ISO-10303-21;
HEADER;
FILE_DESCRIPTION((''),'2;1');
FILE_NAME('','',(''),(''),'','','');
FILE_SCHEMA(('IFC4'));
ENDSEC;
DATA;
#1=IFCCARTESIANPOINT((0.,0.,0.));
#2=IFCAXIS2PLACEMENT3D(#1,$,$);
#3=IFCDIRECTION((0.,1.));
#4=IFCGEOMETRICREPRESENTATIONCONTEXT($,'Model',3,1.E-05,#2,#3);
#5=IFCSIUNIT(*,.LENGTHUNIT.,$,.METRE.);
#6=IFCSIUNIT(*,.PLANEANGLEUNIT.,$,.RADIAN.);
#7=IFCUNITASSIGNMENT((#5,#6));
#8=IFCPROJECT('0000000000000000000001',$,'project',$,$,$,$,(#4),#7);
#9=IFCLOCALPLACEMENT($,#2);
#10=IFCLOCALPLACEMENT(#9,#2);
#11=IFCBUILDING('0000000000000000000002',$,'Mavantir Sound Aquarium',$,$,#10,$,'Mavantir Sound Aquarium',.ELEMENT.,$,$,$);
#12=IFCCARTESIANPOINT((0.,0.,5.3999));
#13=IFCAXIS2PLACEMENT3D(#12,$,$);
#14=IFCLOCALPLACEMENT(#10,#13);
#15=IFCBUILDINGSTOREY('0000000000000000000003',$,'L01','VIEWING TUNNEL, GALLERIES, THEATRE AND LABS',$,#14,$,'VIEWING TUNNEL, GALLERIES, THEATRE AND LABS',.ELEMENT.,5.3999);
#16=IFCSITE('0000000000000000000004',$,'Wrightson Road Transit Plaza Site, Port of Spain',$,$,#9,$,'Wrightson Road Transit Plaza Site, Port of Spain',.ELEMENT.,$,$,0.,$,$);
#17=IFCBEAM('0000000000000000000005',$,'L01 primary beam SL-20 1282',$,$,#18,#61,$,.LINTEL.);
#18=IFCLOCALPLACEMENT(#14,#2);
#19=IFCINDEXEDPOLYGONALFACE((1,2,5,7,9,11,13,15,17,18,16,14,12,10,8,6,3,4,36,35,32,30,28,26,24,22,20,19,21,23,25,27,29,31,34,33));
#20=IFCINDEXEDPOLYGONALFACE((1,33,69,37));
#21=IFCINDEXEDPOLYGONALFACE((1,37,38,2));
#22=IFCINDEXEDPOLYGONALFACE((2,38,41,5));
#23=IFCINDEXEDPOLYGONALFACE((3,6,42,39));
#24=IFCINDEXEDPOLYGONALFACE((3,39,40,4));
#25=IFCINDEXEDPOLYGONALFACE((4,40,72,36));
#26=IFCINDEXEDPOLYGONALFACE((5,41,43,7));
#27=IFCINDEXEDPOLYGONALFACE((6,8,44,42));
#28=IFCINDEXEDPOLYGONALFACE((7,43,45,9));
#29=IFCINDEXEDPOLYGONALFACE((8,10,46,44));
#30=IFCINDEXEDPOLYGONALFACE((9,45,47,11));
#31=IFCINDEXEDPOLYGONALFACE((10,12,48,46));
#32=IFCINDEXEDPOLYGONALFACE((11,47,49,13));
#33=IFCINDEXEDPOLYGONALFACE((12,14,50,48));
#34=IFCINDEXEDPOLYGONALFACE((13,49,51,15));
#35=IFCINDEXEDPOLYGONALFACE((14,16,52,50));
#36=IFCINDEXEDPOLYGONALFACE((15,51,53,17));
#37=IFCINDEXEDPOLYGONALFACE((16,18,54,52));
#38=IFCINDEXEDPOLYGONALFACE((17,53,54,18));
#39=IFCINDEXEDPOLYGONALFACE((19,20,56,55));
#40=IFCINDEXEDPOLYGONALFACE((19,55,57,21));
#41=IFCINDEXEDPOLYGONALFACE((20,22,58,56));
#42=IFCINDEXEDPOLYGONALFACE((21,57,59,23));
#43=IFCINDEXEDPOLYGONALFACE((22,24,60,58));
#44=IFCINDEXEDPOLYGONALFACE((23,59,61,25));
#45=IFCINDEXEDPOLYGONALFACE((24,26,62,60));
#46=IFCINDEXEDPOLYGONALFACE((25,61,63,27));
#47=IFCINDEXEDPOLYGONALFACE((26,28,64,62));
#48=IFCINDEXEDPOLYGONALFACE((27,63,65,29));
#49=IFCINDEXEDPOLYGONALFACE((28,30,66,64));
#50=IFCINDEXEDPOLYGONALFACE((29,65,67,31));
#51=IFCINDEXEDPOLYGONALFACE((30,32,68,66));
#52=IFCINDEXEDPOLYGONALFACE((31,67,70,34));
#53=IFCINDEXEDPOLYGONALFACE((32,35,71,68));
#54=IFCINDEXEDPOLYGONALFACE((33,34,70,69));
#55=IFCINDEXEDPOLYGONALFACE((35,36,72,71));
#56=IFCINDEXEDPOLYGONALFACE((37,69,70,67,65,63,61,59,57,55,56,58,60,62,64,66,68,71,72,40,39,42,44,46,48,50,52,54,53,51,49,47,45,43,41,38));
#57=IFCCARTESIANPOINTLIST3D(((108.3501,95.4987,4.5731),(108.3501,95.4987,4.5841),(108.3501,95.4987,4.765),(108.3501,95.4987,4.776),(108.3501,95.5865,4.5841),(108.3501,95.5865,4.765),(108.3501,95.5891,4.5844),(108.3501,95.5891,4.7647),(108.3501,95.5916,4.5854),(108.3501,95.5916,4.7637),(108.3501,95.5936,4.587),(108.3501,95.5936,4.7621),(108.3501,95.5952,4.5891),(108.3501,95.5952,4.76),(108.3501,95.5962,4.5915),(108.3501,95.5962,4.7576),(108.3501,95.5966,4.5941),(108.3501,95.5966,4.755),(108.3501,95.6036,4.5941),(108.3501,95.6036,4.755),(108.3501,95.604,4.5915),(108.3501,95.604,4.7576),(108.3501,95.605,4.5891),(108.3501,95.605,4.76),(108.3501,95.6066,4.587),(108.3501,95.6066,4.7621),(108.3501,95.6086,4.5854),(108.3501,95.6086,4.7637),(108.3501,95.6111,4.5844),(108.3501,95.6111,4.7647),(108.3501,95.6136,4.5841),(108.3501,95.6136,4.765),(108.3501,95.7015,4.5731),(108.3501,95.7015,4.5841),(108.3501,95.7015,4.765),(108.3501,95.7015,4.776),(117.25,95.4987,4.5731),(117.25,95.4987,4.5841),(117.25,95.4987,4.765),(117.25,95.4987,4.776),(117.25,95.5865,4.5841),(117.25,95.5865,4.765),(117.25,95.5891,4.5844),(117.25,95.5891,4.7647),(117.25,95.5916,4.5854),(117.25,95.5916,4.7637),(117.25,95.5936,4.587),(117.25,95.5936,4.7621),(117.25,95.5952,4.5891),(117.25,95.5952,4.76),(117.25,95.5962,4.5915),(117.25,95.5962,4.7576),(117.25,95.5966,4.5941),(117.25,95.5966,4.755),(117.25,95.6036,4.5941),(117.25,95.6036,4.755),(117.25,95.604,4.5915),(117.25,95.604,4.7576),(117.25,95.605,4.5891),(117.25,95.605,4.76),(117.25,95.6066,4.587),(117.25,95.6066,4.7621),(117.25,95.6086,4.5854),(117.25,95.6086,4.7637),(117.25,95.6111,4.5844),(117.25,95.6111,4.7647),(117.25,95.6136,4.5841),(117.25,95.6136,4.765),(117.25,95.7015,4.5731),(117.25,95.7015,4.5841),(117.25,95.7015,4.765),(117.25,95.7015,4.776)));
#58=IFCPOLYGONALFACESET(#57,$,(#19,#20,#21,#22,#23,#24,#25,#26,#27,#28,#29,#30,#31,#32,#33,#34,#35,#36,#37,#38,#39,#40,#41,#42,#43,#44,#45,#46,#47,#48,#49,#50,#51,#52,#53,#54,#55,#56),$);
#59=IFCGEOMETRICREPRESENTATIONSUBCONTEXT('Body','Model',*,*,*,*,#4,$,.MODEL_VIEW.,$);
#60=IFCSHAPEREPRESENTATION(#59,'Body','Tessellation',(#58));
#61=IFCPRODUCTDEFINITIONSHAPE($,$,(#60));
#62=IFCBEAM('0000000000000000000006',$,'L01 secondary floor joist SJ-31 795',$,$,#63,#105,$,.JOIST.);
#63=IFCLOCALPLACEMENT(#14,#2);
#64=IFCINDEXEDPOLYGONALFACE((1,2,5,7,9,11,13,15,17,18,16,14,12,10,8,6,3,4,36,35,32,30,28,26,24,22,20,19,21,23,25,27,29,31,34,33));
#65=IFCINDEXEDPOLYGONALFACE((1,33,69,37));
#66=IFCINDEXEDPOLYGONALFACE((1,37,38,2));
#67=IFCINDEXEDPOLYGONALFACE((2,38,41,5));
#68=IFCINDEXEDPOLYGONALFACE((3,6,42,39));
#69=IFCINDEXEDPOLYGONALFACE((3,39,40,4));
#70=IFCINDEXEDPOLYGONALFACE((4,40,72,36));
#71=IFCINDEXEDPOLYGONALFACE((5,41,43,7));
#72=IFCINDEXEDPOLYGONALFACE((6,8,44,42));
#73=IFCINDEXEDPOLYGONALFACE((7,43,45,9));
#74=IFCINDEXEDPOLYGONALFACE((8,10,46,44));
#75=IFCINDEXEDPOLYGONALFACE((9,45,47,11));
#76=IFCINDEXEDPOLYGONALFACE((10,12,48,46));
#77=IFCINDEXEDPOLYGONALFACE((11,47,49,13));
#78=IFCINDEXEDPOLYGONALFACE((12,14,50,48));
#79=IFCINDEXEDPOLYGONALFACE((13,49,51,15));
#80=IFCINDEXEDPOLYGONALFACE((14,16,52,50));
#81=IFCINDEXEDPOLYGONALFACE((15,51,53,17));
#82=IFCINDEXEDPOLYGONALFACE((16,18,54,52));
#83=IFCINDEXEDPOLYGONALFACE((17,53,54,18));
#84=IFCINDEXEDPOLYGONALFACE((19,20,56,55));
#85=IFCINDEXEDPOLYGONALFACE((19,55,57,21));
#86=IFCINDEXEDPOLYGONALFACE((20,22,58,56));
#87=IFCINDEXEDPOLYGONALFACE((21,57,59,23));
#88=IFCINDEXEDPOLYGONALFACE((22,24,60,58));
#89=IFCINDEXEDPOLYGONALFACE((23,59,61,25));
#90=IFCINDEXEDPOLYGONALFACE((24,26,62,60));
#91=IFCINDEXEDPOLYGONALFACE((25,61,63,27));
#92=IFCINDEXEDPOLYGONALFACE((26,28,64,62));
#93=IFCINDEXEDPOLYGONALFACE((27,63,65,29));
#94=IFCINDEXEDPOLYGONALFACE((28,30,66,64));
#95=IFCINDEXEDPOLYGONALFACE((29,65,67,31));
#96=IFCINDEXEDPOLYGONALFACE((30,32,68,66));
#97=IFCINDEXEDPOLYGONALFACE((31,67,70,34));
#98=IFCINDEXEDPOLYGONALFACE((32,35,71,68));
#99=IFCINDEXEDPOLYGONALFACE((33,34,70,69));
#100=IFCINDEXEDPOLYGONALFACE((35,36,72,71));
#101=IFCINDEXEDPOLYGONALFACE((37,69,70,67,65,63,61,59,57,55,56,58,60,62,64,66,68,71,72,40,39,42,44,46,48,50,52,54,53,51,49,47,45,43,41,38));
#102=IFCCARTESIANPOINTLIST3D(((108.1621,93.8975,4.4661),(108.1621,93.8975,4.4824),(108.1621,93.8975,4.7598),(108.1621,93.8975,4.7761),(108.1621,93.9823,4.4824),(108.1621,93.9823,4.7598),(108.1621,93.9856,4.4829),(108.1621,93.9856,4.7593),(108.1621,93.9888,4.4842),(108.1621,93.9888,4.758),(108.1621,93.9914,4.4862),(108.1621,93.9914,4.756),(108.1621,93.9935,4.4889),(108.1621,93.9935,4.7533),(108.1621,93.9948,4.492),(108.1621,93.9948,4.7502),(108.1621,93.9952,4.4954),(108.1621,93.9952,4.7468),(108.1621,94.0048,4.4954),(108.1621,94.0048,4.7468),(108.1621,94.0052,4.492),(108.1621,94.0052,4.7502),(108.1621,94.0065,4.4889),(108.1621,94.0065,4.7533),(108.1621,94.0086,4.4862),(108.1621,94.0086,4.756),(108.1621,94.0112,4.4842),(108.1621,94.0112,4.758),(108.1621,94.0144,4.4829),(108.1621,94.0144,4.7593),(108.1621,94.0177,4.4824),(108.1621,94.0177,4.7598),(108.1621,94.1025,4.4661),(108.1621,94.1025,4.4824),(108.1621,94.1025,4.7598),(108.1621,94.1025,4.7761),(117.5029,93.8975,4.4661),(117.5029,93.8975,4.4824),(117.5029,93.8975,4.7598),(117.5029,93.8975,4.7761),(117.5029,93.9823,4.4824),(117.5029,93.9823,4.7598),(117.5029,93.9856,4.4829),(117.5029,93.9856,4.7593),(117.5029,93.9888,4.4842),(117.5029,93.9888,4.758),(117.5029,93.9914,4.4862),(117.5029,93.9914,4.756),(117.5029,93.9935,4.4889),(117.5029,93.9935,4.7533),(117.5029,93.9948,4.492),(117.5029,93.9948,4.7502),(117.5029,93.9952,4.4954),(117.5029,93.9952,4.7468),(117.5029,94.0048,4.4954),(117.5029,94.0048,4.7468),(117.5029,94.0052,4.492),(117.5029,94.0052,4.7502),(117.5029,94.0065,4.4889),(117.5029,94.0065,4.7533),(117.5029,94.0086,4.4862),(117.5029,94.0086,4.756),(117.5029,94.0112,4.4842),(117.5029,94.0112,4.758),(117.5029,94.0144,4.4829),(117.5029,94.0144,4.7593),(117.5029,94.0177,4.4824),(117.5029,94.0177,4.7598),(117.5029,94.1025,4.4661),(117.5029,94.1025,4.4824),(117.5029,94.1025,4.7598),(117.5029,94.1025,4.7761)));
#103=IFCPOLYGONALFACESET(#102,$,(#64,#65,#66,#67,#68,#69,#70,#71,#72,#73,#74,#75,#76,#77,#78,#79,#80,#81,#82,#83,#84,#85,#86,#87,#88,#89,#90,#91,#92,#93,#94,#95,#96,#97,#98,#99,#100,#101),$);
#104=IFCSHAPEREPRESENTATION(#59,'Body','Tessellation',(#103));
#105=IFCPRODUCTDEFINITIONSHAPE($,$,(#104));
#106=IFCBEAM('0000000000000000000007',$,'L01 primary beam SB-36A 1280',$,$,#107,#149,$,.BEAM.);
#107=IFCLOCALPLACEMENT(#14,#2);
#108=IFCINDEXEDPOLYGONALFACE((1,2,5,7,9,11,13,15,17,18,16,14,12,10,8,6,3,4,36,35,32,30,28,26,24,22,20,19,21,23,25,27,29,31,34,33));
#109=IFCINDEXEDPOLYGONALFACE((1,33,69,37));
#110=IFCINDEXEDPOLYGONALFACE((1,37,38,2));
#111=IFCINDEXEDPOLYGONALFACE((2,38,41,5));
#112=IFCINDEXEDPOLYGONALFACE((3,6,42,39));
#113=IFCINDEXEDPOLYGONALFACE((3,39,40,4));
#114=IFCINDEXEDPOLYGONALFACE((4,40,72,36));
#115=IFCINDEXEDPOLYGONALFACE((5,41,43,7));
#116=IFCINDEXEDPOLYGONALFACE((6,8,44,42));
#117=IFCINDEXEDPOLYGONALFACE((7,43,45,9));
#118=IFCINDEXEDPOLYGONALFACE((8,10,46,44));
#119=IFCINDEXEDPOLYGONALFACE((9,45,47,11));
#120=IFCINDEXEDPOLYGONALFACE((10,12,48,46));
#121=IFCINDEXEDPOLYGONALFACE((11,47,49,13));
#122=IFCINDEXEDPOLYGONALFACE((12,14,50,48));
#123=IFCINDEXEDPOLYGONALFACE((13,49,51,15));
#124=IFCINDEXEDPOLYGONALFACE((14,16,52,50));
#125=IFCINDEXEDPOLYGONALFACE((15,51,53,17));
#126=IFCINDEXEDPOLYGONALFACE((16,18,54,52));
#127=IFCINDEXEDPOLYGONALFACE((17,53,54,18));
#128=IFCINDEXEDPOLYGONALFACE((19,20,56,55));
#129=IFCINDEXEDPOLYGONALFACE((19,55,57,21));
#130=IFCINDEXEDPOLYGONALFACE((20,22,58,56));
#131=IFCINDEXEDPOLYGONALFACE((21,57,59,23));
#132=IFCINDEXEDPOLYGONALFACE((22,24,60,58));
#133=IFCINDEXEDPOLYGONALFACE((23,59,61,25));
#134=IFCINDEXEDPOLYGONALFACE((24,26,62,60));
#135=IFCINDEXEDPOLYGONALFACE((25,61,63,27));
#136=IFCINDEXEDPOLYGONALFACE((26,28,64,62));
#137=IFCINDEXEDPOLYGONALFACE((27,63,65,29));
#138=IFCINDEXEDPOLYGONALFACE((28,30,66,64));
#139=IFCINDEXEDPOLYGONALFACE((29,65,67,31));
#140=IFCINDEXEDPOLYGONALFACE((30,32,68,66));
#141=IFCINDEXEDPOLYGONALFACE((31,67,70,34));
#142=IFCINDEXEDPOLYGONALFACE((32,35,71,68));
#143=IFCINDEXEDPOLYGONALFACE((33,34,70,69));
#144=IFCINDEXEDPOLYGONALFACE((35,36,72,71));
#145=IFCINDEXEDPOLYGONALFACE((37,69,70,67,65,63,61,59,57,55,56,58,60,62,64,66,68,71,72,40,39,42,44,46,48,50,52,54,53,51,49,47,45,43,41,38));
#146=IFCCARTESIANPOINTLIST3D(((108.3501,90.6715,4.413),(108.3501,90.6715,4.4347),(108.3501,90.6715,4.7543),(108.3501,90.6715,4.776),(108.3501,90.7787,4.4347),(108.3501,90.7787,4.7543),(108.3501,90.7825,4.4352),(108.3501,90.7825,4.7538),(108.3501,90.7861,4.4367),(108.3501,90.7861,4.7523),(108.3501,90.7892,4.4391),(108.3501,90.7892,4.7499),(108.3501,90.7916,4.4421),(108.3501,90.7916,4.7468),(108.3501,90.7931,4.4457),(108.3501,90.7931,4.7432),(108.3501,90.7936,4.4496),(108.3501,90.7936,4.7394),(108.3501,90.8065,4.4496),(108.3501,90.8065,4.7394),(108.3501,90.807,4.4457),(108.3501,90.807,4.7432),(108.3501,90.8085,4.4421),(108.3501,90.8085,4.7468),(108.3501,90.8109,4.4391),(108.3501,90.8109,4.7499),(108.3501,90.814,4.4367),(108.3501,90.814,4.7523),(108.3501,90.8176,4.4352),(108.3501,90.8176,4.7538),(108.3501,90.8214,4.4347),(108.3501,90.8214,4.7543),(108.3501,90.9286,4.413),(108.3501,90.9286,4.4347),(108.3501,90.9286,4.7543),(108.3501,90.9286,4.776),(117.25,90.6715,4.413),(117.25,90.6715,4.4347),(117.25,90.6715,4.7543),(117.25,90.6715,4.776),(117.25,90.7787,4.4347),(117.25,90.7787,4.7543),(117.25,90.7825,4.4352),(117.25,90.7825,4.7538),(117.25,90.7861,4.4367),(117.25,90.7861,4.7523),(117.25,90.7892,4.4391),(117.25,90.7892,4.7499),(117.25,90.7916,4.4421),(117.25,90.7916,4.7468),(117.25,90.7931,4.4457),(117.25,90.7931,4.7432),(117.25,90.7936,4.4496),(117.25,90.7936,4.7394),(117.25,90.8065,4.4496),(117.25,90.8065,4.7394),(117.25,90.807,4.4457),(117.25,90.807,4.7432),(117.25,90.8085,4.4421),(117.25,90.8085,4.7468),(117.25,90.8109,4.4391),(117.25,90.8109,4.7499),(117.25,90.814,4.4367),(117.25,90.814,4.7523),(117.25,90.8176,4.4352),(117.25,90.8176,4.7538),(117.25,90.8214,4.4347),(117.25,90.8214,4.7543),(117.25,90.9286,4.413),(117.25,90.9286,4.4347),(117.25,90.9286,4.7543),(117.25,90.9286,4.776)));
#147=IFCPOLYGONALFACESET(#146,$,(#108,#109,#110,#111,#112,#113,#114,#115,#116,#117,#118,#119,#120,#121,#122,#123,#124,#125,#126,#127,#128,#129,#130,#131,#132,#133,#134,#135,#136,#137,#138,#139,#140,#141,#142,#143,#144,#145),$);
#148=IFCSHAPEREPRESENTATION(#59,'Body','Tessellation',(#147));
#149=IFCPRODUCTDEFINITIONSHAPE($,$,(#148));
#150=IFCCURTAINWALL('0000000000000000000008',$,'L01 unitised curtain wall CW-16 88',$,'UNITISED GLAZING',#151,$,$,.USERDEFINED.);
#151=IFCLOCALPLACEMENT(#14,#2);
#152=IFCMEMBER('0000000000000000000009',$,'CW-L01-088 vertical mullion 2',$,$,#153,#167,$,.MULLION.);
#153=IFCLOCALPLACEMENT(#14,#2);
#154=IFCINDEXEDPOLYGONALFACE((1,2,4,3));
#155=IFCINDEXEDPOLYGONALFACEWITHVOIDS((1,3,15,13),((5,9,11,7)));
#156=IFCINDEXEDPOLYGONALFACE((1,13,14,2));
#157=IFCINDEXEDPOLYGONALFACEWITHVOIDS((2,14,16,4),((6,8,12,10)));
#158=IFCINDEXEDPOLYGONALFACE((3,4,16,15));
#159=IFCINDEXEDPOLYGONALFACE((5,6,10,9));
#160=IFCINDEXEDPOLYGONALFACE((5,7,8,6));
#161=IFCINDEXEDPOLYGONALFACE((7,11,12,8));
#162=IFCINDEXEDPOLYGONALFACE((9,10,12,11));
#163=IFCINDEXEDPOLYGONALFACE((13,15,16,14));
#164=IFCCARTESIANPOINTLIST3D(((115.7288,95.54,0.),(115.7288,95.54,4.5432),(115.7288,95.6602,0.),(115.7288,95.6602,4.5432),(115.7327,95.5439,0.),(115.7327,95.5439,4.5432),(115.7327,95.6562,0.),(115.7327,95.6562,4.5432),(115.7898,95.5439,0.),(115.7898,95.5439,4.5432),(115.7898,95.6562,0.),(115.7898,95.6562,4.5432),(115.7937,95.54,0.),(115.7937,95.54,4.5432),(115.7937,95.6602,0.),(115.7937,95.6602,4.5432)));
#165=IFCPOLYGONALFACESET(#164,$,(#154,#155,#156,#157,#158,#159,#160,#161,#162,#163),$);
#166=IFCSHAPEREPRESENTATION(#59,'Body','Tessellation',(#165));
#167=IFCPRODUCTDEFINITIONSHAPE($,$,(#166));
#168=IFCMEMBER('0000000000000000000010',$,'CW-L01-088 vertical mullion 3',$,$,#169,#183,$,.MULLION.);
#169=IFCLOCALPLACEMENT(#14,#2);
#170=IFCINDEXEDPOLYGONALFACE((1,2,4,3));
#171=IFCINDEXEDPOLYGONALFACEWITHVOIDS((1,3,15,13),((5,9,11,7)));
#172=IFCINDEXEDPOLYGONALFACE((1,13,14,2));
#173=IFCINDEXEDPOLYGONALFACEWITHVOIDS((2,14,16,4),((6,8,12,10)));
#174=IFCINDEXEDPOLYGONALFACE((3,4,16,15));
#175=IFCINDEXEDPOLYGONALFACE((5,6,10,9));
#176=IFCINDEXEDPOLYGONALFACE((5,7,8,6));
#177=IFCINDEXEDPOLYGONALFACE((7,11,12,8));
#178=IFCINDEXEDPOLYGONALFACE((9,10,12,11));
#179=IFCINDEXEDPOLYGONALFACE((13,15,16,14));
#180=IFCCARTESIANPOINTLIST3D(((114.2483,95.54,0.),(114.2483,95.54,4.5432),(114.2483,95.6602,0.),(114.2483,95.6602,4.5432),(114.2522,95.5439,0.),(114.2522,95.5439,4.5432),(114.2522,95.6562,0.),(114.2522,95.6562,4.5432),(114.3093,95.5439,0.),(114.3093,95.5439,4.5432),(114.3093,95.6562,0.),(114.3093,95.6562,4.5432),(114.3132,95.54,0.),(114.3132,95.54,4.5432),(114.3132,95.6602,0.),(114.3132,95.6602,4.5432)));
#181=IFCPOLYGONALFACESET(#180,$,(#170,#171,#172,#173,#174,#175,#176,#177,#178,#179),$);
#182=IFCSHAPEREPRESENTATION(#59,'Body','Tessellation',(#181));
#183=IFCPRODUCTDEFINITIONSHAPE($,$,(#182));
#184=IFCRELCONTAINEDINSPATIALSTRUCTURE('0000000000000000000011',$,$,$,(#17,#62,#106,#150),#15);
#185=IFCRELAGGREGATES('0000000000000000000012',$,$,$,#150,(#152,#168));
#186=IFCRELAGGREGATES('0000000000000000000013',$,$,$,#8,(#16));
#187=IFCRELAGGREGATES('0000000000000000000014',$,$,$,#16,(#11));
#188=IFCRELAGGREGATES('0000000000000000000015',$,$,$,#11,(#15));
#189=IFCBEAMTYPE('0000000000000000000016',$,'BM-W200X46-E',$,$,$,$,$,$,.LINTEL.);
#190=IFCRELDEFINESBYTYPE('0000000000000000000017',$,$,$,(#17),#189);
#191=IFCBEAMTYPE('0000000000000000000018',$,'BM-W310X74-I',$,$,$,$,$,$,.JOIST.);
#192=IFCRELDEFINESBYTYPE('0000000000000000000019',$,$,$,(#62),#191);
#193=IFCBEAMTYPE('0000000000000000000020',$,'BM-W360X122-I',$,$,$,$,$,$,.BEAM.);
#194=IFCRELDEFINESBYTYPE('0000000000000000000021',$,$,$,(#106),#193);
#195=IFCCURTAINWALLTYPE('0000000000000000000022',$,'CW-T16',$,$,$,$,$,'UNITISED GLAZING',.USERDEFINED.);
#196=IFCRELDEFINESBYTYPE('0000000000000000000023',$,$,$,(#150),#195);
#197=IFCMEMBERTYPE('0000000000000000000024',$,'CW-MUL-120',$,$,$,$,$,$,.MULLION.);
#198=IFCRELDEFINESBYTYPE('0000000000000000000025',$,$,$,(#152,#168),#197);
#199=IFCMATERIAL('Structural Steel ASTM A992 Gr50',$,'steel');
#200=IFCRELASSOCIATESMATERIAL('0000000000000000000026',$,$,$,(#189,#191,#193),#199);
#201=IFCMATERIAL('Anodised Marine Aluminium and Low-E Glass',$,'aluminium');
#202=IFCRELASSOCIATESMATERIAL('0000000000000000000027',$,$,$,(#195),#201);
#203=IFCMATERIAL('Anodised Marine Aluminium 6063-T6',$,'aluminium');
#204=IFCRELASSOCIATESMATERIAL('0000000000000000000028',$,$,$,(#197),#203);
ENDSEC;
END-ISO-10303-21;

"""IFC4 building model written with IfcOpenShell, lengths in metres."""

from ifc_helpers import new_model, si_unit, direction, frame, origin, origin_2d, place, context, subcontext, project, spatial, hollow_rectangle, i_section, extrude, material, material_profile, profile_set, type_object, element, aggregate, save


model = new_model("IFC4")

# Units and contexts
model_context = context("Model", 3, precision=1e-05, world=origin(), true_north=direction((0.0, 1.0)))
body_context = subcontext(model_context, "Body", "Model", "MODEL_VIEW")
ifc_project = project(units=[si_unit("LENGTHUNIT", "METRE"), si_unit("PLANEANGLEUNIT", "RADIAN")], contexts=[model_context])

# Site, building, storey
site_placement = place(None, origin())
site = spatial("IfcSite", under=ifc_project, at=site_placement, Name="Wrightson Road Transit Plaza Site, Port of Spain", LongName="Wrightson Road Transit Plaza Site, Port of Spain", CompositionType="ELEMENT", RefElevation=0.0)
building_placement = place(site_placement, origin())
building = spatial("IfcBuilding", under=site, at=building_placement, Name="Mavantir Sound Aquarium", LongName="Mavantir Sound Aquarium", CompositionType="ELEMENT")
storey_placement = place(building_placement, frame((0.0, 0.0, 5.3999)))
storey = spatial("IfcBuildingStorey", under=building, at=storey_placement, Name="L01", Description="VIEWING TUNNEL, GALLERIES, THEATRE AND LABS", LongName="VIEWING TUNNEL, GALLERIES, THEATRE AND LABS", CompositionType="ELEMENT", Elevation=5.3999)

# Beams
ifc_material_1 = material(Name="Structural Steel ASTM A992 Gr50", Category="steel")
ifc_material_profile_1 = material_profile(ifc_material_1, i_section(OverallWidth=0.2029, OverallDepth=0.2029, WebThickness=0.0071, FlangeThickness=0.011, FilletRadius=0.01, at=origin_2d()), Name="W200X46")
ifc_profile_set_1 = profile_set([ifc_material_profile_1], Name="Structural Steel ASTM A992 Gr50")
beam_type_1 = type_object("IfcBeamType", Name="BM-W200X46-E", PredefinedType="LINTEL", material=ifc_profile_set_1)
beam_1_placement = place(storey_placement, frame((108.3501, 95.6001, 4.6746), z_axis=(1.0, 0.0, 0.0), x_axis=(0.0, 1.0, 0.0)))
element("IfcBeam", 1, at=beam_1_placement, inside=storey, type_object=beam_type_1, Name="L01 primary beam SL-20 1282", PredefinedType="LINTEL", context=body_context, shape_type="SweptSolid", body=[
    extrude(i_section(OverallWidth=0.2029, OverallDepth=0.2029, WebThickness=0.0071, FlangeThickness=0.011, FilletRadius=0.01, at=origin_2d()), origin(), (0.0, 0.0, 1.0), 8.8999),
])
ifc_material_profile_2 = material_profile(ifc_material_1, i_section(OverallWidth=0.2051, OverallDepth=0.3101, WebThickness=0.0095, FlangeThickness=0.0164, FilletRadius=0.0129, at=origin_2d()), Name="W310X74")
ifc_profile_set_2 = profile_set([ifc_material_profile_2], Name="Structural Steel ASTM A992 Gr50")
beam_type_2 = type_object("IfcBeamType", Name="BM-W310X74-I", PredefinedType="JOIST", material=ifc_profile_set_2)
beam_2_placement = place(storey_placement, frame((108.1621, 94.0, 4.6211), z_axis=(1.0, 0.0, 0.0), x_axis=(0.0, 1.0, 0.0)))
element("IfcBeam", 2, at=beam_2_placement, inside=storey, type_object=beam_type_2, Name="L01 secondary floor joist SJ-31 795", PredefinedType="JOIST", context=body_context, shape_type="SweptSolid", body=[
    extrude(i_section(OverallWidth=0.2051, OverallDepth=0.3101, WebThickness=0.0095, FlangeThickness=0.0164, FilletRadius=0.0129, at=origin_2d()), origin(), (0.0, 0.0, 1.0), 9.3408),
])
ifc_material_profile_3 = material_profile(ifc_material_1, i_section(OverallWidth=0.2571, OverallDepth=0.363, WebThickness=0.0129, FlangeThickness=0.0217, FilletRadius=0.0149, at=origin_2d()), Name="W360X122")
ifc_profile_set_3 = profile_set([ifc_material_profile_3], Name="Structural Steel ASTM A992 Gr50")
beam_type_3 = type_object("IfcBeamType", Name="BM-W360X122-I", PredefinedType="BEAM", material=ifc_profile_set_3)
beam_3_placement = place(storey_placement, frame((108.3501, 90.8, 4.5945), z_axis=(1.0, 0.0, 0.0), x_axis=(0.0, 1.0, 0.0)))
element("IfcBeam", 3, at=beam_3_placement, inside=storey, type_object=beam_type_3, Name="L01 primary beam SB-36A 1280", PredefinedType="BEAM", context=body_context, shape_type="SweptSolid", body=[
    extrude(i_section(OverallWidth=0.2571, OverallDepth=0.363, WebThickness=0.0129, FlangeThickness=0.0217, FilletRadius=0.0149, at=origin_2d()), origin(), (0.0, 0.0, 1.0), 8.8999),
])

# Curtain wall, members
ifc_material_2 = material(Name="Anodised Marine Aluminium and Low-E Glass", Category="aluminium")
curtain_wall_type = type_object("IfcCurtainWallType", Name="CW-T16", ElementType="UNITISED GLAZING", PredefinedType="USERDEFINED", material=ifc_material_2)
curtain_wall_placement = place(storey_placement, origin())
curtain_wall = element("IfcCurtainWall", 4, at=curtain_wall_placement, inside=storey, type_object=curtain_wall_type, Name="L01 unitised curtain wall CW-16 88", ObjectType="UNITISED GLAZING", PredefinedType="USERDEFINED")
ifc_material_3 = material(Name="Anodised Marine Aluminium 6063-T6", Category="aluminium")
ifc_material_profile_4 = material_profile(ifc_material_3, hollow_rectangle(XDim=0.0649, YDim=0.1201, WallThickness=0.0039, at=origin_2d()), Name="ALU-MULLION-120X65")
ifc_profile_set_4 = profile_set([ifc_material_profile_4], Name="Anodised Marine Aluminium 6063-T6")
member_type_1 = type_object("IfcMemberType", Name="CW-MUL-120", PredefinedType="MULLION", material=ifc_profile_set_4)
member_1_placement = place(storey_placement, frame((115.7612, 95.6001, 0.0), z_axis=(0.0, 0.0, 1.0), x_axis=(1.0, 0.0, 0.0)))
member_1 = element("IfcMember", 5, at=member_1_placement, type_object=member_type_1, Name="CW-L01-088 vertical mullion 2", PredefinedType="MULLION", context=body_context, shape_type="SweptSolid", body=[
    extrude(hollow_rectangle(XDim=0.0649, YDim=0.1201, WallThickness=0.0039, at=origin_2d()), origin(), (0.0, 0.0, 1.0), 4.5432),
])
member_2_placement = place(storey_placement, frame((114.2808, 95.6001, 0.0), z_axis=(0.0, 0.0, 1.0), x_axis=(1.0, 0.0, 0.0)))
member_2 = element("IfcMember", 6, at=member_2_placement, type_object=member_type_1, Name="CW-L01-088 vertical mullion 3", PredefinedType="MULLION", context=body_context, shape_type="SweptSolid", body=[
    extrude(hollow_rectangle(XDim=0.0649, YDim=0.1201, WallThickness=0.0039, at=origin_2d()), origin(), (0.0, 0.0, 1.0), 4.5432),
])
aggregate(curtain_wall, [member_1, member_2])

save(model, "model.ifc")
